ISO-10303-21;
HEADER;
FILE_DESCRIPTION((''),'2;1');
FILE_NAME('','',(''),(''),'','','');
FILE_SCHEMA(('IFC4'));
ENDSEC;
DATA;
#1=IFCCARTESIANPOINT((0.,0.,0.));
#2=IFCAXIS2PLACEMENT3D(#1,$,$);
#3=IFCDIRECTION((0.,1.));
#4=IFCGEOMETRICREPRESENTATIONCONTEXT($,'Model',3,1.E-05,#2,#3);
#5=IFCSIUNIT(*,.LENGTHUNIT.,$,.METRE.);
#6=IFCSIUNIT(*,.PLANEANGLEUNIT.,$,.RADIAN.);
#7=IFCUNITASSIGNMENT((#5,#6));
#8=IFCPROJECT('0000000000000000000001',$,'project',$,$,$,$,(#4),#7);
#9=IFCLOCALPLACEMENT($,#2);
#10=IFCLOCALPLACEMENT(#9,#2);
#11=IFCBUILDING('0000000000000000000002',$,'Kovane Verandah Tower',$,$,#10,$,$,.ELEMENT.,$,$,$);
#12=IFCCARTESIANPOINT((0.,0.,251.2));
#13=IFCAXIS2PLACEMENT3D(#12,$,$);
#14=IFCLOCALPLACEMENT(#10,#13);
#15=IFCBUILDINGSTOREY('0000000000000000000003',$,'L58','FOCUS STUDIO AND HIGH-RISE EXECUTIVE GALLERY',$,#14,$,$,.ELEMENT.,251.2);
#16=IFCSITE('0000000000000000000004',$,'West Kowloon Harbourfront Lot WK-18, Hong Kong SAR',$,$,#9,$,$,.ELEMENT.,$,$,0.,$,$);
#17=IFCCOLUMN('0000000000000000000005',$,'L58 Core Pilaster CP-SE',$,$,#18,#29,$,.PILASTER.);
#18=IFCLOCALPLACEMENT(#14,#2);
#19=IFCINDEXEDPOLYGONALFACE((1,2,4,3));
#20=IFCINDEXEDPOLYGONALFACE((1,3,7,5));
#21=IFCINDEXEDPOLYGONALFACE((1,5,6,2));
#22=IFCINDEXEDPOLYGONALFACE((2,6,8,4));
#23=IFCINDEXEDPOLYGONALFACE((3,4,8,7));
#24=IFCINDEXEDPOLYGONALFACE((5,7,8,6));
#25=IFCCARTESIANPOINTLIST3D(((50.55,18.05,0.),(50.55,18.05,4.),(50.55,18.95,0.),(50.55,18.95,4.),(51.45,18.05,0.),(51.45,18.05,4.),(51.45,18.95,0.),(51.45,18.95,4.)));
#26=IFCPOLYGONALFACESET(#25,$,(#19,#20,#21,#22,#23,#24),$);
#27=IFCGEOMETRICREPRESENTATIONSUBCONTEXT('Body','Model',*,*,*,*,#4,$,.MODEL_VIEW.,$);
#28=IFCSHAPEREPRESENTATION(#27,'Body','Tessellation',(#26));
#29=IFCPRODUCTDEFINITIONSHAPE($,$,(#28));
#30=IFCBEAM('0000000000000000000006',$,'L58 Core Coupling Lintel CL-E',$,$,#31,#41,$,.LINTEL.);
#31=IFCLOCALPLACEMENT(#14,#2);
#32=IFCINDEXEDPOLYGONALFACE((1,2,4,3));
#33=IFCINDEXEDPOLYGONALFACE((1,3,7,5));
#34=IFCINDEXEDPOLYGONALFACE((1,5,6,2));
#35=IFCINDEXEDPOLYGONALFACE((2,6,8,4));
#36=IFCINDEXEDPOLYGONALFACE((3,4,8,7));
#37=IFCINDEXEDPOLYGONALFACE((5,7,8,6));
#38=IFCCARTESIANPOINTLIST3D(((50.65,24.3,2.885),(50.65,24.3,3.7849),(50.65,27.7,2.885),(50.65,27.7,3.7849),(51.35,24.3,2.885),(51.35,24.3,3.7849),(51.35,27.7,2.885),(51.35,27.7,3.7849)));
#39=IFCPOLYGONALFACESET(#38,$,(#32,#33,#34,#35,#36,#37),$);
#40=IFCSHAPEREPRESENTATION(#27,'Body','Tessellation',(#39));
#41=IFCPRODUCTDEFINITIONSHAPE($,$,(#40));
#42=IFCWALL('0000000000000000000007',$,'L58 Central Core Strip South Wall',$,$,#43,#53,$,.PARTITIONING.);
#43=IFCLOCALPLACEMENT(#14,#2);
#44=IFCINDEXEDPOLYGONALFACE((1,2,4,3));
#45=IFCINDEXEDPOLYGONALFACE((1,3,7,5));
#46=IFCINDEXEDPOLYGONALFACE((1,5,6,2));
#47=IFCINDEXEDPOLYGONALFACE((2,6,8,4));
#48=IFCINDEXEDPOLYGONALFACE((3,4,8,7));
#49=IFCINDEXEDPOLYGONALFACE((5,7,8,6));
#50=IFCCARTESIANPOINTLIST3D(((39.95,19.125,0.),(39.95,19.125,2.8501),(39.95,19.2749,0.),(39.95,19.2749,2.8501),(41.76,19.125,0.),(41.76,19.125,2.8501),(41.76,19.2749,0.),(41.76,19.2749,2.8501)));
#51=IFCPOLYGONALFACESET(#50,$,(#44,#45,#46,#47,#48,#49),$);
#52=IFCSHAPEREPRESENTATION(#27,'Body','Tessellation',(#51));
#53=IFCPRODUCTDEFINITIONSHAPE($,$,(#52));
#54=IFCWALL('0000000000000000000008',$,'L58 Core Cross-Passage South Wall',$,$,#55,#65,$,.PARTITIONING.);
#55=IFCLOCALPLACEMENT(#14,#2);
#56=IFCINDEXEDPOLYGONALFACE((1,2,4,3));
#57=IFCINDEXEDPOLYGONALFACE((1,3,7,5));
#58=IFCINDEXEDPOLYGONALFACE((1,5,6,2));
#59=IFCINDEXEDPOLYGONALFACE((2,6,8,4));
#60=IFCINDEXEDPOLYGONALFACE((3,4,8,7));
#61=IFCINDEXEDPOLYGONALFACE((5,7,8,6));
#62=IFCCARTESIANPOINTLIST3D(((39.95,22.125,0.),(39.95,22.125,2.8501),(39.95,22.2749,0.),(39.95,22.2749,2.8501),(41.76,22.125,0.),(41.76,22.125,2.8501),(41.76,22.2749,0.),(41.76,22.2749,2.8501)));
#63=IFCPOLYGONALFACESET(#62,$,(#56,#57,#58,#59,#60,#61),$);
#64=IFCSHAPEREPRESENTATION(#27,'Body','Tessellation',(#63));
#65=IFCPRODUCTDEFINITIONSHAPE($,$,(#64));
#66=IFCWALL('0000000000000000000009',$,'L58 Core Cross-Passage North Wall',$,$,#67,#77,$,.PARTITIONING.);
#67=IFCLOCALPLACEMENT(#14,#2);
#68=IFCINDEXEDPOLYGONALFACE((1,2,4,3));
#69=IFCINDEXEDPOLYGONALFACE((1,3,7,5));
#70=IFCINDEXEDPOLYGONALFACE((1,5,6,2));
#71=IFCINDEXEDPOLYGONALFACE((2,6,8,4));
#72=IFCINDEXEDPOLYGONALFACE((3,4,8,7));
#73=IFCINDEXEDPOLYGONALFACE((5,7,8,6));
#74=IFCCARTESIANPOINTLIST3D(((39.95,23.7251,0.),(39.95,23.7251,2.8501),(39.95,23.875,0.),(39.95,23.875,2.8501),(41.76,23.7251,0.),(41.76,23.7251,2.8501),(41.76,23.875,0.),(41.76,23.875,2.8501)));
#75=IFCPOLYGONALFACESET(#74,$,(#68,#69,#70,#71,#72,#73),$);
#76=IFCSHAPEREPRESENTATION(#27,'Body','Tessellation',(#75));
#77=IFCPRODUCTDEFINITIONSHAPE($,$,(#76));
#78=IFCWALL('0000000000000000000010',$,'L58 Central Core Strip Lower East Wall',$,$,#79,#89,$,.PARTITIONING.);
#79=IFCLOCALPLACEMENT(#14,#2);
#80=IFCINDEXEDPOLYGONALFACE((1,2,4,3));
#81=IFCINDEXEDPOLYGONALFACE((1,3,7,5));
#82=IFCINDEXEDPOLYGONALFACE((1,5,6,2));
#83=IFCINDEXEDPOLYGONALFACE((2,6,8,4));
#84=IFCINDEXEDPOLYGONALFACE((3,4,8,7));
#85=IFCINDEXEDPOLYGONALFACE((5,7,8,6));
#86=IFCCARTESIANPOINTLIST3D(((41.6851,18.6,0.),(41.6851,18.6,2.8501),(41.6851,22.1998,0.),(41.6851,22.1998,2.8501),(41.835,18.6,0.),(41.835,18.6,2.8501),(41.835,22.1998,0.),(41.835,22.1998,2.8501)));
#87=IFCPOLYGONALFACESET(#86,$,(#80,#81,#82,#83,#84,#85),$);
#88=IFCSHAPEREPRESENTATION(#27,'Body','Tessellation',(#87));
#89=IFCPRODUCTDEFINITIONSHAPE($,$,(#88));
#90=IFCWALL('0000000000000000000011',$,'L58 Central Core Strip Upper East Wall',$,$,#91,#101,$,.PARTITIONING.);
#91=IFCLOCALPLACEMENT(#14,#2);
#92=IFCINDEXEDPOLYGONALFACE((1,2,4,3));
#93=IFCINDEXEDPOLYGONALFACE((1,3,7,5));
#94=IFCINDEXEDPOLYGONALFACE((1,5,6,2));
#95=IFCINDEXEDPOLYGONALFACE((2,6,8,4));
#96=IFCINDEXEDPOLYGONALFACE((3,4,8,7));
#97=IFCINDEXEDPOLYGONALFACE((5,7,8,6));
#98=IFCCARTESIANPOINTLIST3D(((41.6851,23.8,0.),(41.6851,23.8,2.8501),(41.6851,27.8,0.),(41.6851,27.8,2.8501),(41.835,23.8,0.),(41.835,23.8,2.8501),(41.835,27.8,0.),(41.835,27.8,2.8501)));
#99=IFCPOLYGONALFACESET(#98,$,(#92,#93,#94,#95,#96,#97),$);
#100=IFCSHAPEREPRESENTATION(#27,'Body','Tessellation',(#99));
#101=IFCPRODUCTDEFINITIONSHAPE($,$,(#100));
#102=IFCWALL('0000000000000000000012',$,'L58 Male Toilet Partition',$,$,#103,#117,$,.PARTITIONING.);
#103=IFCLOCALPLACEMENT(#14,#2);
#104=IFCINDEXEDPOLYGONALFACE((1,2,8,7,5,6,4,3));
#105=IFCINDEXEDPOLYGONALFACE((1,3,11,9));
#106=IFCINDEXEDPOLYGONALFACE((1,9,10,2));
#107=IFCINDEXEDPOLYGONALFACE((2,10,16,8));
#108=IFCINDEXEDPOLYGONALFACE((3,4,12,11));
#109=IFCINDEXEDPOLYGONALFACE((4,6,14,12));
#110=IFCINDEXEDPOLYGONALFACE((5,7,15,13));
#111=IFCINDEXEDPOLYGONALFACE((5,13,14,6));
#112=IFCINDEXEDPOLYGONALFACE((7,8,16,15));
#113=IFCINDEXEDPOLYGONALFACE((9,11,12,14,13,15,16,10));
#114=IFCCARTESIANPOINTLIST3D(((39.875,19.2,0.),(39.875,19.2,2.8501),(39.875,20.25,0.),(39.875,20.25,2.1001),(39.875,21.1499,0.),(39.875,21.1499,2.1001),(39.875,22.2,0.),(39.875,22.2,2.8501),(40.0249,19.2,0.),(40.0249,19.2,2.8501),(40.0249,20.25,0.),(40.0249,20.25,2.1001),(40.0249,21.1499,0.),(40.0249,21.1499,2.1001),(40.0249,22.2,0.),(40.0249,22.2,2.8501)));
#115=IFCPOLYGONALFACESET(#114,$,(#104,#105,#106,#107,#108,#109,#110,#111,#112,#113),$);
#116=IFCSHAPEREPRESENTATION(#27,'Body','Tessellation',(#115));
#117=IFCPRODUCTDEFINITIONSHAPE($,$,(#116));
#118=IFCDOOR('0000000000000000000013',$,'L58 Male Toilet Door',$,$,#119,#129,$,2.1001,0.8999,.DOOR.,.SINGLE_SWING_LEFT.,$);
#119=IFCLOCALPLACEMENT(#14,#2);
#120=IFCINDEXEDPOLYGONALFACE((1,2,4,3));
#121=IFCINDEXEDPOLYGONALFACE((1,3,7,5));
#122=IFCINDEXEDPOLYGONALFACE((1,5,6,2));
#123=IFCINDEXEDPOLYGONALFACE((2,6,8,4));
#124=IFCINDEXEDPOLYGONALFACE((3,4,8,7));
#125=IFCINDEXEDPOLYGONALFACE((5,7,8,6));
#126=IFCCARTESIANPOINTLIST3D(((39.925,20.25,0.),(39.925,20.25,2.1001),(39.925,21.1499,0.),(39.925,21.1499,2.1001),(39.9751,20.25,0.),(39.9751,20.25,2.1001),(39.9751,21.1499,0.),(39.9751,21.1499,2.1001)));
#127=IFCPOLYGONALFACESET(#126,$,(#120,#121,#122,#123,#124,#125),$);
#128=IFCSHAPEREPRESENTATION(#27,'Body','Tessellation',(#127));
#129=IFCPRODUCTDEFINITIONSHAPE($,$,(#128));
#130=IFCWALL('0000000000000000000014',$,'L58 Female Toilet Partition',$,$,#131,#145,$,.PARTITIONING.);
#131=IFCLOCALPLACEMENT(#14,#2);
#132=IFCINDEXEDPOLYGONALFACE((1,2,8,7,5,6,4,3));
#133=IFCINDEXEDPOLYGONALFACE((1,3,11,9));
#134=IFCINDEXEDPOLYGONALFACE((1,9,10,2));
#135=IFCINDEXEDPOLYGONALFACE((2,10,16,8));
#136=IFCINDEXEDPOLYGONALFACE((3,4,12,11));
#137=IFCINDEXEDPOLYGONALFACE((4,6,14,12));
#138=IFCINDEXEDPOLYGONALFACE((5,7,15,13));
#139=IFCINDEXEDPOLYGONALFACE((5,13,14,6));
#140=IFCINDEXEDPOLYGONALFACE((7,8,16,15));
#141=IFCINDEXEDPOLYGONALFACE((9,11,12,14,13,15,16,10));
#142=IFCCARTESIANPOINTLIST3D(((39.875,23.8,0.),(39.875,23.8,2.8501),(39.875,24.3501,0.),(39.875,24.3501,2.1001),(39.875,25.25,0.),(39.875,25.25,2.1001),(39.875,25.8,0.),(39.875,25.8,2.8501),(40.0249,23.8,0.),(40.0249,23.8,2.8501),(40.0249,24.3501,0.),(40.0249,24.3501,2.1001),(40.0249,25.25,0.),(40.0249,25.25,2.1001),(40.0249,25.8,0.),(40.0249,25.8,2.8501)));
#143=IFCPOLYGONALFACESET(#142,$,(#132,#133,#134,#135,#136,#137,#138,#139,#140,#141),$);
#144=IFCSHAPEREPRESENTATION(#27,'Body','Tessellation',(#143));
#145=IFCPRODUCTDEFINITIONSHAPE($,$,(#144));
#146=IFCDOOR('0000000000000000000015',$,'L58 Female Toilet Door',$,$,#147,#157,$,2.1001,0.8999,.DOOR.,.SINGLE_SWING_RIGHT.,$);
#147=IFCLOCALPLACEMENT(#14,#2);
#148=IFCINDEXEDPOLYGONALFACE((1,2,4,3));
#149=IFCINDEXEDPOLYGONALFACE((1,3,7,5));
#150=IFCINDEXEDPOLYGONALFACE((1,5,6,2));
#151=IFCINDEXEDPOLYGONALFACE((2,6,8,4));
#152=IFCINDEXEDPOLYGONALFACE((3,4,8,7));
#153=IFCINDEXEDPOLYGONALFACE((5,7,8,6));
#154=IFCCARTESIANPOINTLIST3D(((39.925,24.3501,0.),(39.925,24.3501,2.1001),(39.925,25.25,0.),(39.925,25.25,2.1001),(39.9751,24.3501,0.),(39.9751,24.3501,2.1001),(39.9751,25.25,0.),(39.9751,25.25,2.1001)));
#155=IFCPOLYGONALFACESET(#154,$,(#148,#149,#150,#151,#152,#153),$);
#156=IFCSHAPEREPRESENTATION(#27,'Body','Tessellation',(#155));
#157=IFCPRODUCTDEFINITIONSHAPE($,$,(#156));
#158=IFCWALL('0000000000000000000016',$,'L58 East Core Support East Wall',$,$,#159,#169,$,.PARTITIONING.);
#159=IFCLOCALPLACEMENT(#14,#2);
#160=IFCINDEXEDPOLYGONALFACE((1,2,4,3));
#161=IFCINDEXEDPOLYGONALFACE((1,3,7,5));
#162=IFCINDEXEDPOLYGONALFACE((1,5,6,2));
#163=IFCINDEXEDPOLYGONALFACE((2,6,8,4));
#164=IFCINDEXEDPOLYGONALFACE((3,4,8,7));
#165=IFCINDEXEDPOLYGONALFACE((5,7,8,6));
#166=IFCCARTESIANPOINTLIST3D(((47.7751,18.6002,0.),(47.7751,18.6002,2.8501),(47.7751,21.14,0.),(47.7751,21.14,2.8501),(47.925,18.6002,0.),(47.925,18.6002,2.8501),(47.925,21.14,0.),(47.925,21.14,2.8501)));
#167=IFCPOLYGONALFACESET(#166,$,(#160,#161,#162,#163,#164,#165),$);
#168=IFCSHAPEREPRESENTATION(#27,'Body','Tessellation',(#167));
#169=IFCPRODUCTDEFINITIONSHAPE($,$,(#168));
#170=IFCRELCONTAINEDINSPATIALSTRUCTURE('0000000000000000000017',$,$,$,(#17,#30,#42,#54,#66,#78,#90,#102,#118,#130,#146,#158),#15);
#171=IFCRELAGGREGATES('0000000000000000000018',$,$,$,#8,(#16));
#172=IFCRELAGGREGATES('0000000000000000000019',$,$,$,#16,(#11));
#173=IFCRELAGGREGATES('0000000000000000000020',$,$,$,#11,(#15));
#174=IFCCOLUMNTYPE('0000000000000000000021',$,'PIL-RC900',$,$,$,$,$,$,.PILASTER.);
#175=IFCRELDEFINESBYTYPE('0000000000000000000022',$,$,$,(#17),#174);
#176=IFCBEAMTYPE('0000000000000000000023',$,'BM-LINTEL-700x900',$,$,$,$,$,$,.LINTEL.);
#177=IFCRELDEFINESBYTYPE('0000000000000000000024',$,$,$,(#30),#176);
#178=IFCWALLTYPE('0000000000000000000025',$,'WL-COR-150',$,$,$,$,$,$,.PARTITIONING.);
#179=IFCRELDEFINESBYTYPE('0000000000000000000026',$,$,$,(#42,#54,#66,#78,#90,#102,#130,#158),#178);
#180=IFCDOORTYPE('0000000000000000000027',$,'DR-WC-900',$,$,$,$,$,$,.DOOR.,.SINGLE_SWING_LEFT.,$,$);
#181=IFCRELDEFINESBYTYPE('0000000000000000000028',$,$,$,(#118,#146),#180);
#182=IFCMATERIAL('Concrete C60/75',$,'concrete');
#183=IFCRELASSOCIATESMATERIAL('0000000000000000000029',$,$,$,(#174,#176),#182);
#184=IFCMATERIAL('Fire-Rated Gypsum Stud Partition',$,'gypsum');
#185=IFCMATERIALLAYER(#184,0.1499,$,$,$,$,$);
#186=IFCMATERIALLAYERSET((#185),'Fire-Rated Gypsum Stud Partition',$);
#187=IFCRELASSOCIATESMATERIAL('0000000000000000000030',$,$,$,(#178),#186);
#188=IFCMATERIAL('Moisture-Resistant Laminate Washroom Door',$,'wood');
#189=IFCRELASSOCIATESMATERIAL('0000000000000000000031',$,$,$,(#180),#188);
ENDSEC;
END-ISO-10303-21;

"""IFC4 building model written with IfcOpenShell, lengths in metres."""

from ifc_helpers import new_model, si_unit, direction, frame, frame_2d, origin, origin_2d, place, context, subcontext, project, spatial, rectangle, extrude, material, layer, layer_set, material_profile, profile_set, type_object, element, fill, save


model = new_model("IFC4")

# Units and contexts
model_context = context("Model", 3, precision=1e-05, world=origin(), true_north=direction((0.0, 1.0)))
body_context = subcontext(model_context, "Body", "Model", "MODEL_VIEW")
ifc_project = project(units=[si_unit("LENGTHUNIT", "METRE"), si_unit("PLANEANGLEUNIT", "RADIAN")], contexts=[model_context])

# Site, building, storey
site_placement = place(None, origin())
site = spatial("IfcSite", under=ifc_project, at=site_placement, Name="West Kowloon Harbourfront Lot WK-18, Hong Kong SAR", CompositionType="ELEMENT", RefElevation=0.0)
building_placement = place(site_placement, origin())
building = spatial("IfcBuilding", under=site, at=building_placement, Name="Kovane Verandah Tower", CompositionType="ELEMENT")
storey_placement = place(building_placement, frame((0.0, 0.0, 251.2)))
storey = spatial("IfcBuildingStorey", under=building, at=storey_placement, Name="L58", Description="FOCUS STUDIO AND HIGH-RISE EXECUTIVE GALLERY", CompositionType="ELEMENT", Elevation=251.2)

# Column
ifc_material_1 = material(Name="Concrete C60/75", Category="concrete")
ifc_material_profile_1 = material_profile(ifc_material_1, rectangle(XDim=0.8999, YDim=0.8999, at=origin_2d()), Name="RC900x900")
ifc_profile_set_1 = profile_set([ifc_material_profile_1], Name="Concrete C60/75")
column_type = type_object("IfcColumnType", Name="PIL-RC900", PredefinedType="PILASTER", material=ifc_profile_set_1)
column_placement = place(storey_placement, frame((51.0, 18.5, 0.0), z_axis=(0.0, 0.0, 1.0), x_axis=(1.0, 0.0, 0.0)))
element("IfcColumn", 1, at=column_placement, inside=storey, type_object=column_type, Name="L58 Core Pilaster CP-SE", PredefinedType="PILASTER", context=body_context, shape_type="SweptSolid", body=[
    extrude(rectangle(XDim=0.8999, YDim=0.8999, at=origin_2d()), origin(), (0.0, 0.0, 1.0), 4.0),
])

# Beam
ifc_material_profile_2 = material_profile(ifc_material_1, rectangle(XDim=0.7, YDim=0.8999, at=origin_2d()), Name="RCB700x900")
ifc_profile_set_2 = profile_set([ifc_material_profile_2], Name="Concrete C60/75")
beam_type = type_object("IfcBeamType", Name="BM-LINTEL-700x900", PredefinedType="LINTEL", material=ifc_profile_set_2)
beam_placement = place(storey_placement, frame((51.0, 24.3, 3.335), z_axis=(0.0, 1.0, 0.0), x_axis=(-1.0, 0.0, 0.0)))
element("IfcBeam", 2, at=beam_placement, inside=storey, type_object=beam_type, Name="L58 Core Coupling Lintel CL-E", PredefinedType="LINTEL", context=body_context, shape_type="SweptSolid", body=[
    extrude(rectangle(XDim=0.7, YDim=0.8999, at=origin_2d()), origin(), (0.0, 0.0, 1.0), 3.3999),
])

# Walls
ifc_material_2 = material(Name="Fire-Rated Gypsum Stud Partition", Category="gypsum")
ifc_layer_1 = layer(ifc_material_2, 0.1499)
ifc_layer_set_1 = layer_set([ifc_layer_1], Name="Fire-Rated Gypsum Stud Partition")
wall_type_1 = type_object("IfcWallType", Name="WL-COR-150", PredefinedType="PARTITIONING", material=ifc_layer_set_1)
for number, where, z_axis, x_axis, name in (
    (3, (39.95, 19.2, 0.0), (0.0, 0.0, 1.0), (1.0, 0.0, 0.0), "L58 Central Core Strip South Wall"),
    (4, (39.95, 22.2, 0.0), (0.0, 0.0, 1.0), (1.0, 0.0, 0.0), "L58 Core Cross-Passage South Wall"),
    (5, (39.95, 23.8, 0.0), (0.0, 0.0, 1.0), (1.0, 0.0, 0.0), "L58 Core Cross-Passage North Wall"),
):
    element("IfcWall", number, at=place(storey_placement, frame(where, z_axis=z_axis, x_axis=x_axis)), inside=storey, type_object=wall_type_1, Name=name, PredefinedType="PARTITIONING", context=body_context, shape_type="SweptSolid", body=[
        extrude(rectangle(XDim=1.8101, YDim=0.1499, at=frame_2d((0.905, 0.0))), origin(), (0.0, 0.0, 1.0), 2.8501),
    ])
wall_1_placement = place(storey_placement, frame((41.76, 18.6001, 0.0), z_axis=(0.0, 0.0, 1.0), x_axis=(0.0, 1.0, 0.0)))
element("IfcWall", 6, at=wall_1_placement, inside=storey, type_object=wall_type_1, Name="L58 Central Core Strip Lower East Wall", PredefinedType="PARTITIONING", context=body_context, shape_type="SweptSolid", body=[
    extrude(rectangle(XDim=3.5999, YDim=0.1499, at=frame_2d((1.7998, 0.0))), origin(), (0.0, 0.0, 1.0), 2.8501),
])
wall_2_placement = place(storey_placement, frame((41.76, 23.8, 0.0), z_axis=(0.0, 0.0, 1.0), x_axis=(0.0, 1.0, 0.0)))
element("IfcWall", 7, at=wall_2_placement, inside=storey, type_object=wall_type_1, Name="L58 Central Core Strip Upper East Wall", PredefinedType="PARTITIONING", context=body_context, shape_type="SweptSolid", body=[
    extrude(rectangle(XDim=4.0, YDim=0.1499, at=frame_2d((2.0, 0.0))), origin(), (0.0, 0.0, 1.0), 2.8501),
])

# Walls, openings, doors
wall_3_placement = place(storey_placement, frame((39.95, 19.2, 0.0), z_axis=(0.0, 0.0, 1.0), x_axis=(0.0, 1.0, 0.0)))
wall_3 = element("IfcWall", 8, at=wall_3_placement, inside=storey, type_object=wall_type_1, Name="L58 Male Toilet Partition", PredefinedType="PARTITIONING", context=body_context, shape_type="SweptSolid", body=[
    extrude(rectangle(XDim=3.0, YDim=0.1499, at=frame_2d((1.5, 0.0))), origin(), (0.0, 0.0, 1.0), 2.8501),
])
opening_1_placement = place(wall_3_placement, frame((1.05, 0.0, 0.0)))
opening_1 = element("IfcOpeningElement", 9, at=opening_1_placement, cuts=wall_3, PredefinedType="OPENING", context=body_context, shape_type="SweptSolid", body=[
    extrude(rectangle(XDim=0.8999, YDim=2.1001, at=frame_2d((0.45, 1.05))), frame((0.0, 0.075, 0.0), z_axis=(0.0, -1.0, 0.0), x_axis=(1.0, 0.0, 0.0)), (0.0, 0.0, 1.0), 0.1499),
])
ifc_material_3 = material(Name="Moisture-Resistant Laminate Washroom Door", Category="wood")
door_type_1 = type_object("IfcDoorType", Name="DR-WC-900", OperationType="SINGLE_SWING_LEFT", PredefinedType="DOOR", material=ifc_material_3)
door_1_placement = place(opening_1_placement, origin())
door_1 = element("IfcDoor", 10, at=door_1_placement, inside=storey, type_object=door_type_1, Name="L58 Male Toilet Door", OperationType="SINGLE_SWING_LEFT", OverallHeight=2.1001, OverallWidth=0.8999, PredefinedType="DOOR", context=body_context, shape_type="SweptSolid", body=[
    extrude(rectangle(XDim=0.8999, YDim=2.1001, at=frame_2d((0.45, 1.05))), frame((0.0, 0.0249, 0.0), z_axis=(0.0, -1.0, 0.0), x_axis=(1.0, 0.0, 0.0)), (0.0, 0.0, 1.0), 0.05),
])
fill(opening_1, door_1)
wall_4_placement = place(storey_placement, frame((39.95, 23.8, 0.0), z_axis=(0.0, 0.0, 1.0), x_axis=(0.0, 1.0, 0.0)))
wall_4 = element("IfcWall", 11, at=wall_4_placement, inside=storey, type_object=wall_type_1, Name="L58 Female Toilet Partition", PredefinedType="PARTITIONING", context=body_context, shape_type="SweptSolid", body=[
    extrude(rectangle(XDim=2.0, YDim=0.1499, at=frame_2d((1.0, 0.0))), origin(), (0.0, 0.0, 1.0), 2.8501),
])
opening_2_placement = place(wall_4_placement, frame((0.55, 0.0, 0.0)))
opening_2 = element("IfcOpeningElement", 12, at=opening_2_placement, cuts=wall_4, PredefinedType="OPENING", context=body_context, shape_type="SweptSolid", body=[
    extrude(rectangle(XDim=0.8999, YDim=2.1001, at=frame_2d((0.45, 1.05))), frame((0.0, 0.075, 0.0), z_axis=(0.0, -1.0, 0.0), x_axis=(1.0, 0.0, 0.0)), (0.0, 0.0, 1.0), 0.1499),
])
door_2_placement = place(opening_2_placement, origin())
door_2 = element("IfcDoor", 13, at=door_2_placement, inside=storey, type_object=door_type_1, Name="L58 Female Toilet Door", OperationType="SINGLE_SWING_RIGHT", OverallHeight=2.1001, OverallWidth=0.8999, PredefinedType="DOOR", context=body_context, shape_type="SweptSolid", body=[
    extrude(rectangle(XDim=0.8999, YDim=2.1001, at=frame_2d((0.45, 1.05))), frame((0.0, 0.0249, 0.0), z_axis=(0.0, -1.0, 0.0), x_axis=(1.0, 0.0, 0.0)), (0.0, 0.0, 1.0), 0.05),
])
fill(opening_2, door_2)

# Wall
wall_5_placement = place(storey_placement, frame((47.8501, 18.6001, 0.0), z_axis=(0.0, 0.0, 1.0), x_axis=(0.0, 1.0, 0.0)))
element("IfcWall", 14, at=wall_5_placement, inside=storey, type_object=wall_type_1, Name="L58 East Core Support East Wall", PredefinedType="PARTITIONING", context=body_context, shape_type="SweptSolid", body=[
    extrude(rectangle(XDim=2.5398, YDim=0.1499, at=frame_2d((1.27, 0.0))), origin(), (0.0, 0.0, 1.0), 2.8501),
])

save(model, "model.ifc")
